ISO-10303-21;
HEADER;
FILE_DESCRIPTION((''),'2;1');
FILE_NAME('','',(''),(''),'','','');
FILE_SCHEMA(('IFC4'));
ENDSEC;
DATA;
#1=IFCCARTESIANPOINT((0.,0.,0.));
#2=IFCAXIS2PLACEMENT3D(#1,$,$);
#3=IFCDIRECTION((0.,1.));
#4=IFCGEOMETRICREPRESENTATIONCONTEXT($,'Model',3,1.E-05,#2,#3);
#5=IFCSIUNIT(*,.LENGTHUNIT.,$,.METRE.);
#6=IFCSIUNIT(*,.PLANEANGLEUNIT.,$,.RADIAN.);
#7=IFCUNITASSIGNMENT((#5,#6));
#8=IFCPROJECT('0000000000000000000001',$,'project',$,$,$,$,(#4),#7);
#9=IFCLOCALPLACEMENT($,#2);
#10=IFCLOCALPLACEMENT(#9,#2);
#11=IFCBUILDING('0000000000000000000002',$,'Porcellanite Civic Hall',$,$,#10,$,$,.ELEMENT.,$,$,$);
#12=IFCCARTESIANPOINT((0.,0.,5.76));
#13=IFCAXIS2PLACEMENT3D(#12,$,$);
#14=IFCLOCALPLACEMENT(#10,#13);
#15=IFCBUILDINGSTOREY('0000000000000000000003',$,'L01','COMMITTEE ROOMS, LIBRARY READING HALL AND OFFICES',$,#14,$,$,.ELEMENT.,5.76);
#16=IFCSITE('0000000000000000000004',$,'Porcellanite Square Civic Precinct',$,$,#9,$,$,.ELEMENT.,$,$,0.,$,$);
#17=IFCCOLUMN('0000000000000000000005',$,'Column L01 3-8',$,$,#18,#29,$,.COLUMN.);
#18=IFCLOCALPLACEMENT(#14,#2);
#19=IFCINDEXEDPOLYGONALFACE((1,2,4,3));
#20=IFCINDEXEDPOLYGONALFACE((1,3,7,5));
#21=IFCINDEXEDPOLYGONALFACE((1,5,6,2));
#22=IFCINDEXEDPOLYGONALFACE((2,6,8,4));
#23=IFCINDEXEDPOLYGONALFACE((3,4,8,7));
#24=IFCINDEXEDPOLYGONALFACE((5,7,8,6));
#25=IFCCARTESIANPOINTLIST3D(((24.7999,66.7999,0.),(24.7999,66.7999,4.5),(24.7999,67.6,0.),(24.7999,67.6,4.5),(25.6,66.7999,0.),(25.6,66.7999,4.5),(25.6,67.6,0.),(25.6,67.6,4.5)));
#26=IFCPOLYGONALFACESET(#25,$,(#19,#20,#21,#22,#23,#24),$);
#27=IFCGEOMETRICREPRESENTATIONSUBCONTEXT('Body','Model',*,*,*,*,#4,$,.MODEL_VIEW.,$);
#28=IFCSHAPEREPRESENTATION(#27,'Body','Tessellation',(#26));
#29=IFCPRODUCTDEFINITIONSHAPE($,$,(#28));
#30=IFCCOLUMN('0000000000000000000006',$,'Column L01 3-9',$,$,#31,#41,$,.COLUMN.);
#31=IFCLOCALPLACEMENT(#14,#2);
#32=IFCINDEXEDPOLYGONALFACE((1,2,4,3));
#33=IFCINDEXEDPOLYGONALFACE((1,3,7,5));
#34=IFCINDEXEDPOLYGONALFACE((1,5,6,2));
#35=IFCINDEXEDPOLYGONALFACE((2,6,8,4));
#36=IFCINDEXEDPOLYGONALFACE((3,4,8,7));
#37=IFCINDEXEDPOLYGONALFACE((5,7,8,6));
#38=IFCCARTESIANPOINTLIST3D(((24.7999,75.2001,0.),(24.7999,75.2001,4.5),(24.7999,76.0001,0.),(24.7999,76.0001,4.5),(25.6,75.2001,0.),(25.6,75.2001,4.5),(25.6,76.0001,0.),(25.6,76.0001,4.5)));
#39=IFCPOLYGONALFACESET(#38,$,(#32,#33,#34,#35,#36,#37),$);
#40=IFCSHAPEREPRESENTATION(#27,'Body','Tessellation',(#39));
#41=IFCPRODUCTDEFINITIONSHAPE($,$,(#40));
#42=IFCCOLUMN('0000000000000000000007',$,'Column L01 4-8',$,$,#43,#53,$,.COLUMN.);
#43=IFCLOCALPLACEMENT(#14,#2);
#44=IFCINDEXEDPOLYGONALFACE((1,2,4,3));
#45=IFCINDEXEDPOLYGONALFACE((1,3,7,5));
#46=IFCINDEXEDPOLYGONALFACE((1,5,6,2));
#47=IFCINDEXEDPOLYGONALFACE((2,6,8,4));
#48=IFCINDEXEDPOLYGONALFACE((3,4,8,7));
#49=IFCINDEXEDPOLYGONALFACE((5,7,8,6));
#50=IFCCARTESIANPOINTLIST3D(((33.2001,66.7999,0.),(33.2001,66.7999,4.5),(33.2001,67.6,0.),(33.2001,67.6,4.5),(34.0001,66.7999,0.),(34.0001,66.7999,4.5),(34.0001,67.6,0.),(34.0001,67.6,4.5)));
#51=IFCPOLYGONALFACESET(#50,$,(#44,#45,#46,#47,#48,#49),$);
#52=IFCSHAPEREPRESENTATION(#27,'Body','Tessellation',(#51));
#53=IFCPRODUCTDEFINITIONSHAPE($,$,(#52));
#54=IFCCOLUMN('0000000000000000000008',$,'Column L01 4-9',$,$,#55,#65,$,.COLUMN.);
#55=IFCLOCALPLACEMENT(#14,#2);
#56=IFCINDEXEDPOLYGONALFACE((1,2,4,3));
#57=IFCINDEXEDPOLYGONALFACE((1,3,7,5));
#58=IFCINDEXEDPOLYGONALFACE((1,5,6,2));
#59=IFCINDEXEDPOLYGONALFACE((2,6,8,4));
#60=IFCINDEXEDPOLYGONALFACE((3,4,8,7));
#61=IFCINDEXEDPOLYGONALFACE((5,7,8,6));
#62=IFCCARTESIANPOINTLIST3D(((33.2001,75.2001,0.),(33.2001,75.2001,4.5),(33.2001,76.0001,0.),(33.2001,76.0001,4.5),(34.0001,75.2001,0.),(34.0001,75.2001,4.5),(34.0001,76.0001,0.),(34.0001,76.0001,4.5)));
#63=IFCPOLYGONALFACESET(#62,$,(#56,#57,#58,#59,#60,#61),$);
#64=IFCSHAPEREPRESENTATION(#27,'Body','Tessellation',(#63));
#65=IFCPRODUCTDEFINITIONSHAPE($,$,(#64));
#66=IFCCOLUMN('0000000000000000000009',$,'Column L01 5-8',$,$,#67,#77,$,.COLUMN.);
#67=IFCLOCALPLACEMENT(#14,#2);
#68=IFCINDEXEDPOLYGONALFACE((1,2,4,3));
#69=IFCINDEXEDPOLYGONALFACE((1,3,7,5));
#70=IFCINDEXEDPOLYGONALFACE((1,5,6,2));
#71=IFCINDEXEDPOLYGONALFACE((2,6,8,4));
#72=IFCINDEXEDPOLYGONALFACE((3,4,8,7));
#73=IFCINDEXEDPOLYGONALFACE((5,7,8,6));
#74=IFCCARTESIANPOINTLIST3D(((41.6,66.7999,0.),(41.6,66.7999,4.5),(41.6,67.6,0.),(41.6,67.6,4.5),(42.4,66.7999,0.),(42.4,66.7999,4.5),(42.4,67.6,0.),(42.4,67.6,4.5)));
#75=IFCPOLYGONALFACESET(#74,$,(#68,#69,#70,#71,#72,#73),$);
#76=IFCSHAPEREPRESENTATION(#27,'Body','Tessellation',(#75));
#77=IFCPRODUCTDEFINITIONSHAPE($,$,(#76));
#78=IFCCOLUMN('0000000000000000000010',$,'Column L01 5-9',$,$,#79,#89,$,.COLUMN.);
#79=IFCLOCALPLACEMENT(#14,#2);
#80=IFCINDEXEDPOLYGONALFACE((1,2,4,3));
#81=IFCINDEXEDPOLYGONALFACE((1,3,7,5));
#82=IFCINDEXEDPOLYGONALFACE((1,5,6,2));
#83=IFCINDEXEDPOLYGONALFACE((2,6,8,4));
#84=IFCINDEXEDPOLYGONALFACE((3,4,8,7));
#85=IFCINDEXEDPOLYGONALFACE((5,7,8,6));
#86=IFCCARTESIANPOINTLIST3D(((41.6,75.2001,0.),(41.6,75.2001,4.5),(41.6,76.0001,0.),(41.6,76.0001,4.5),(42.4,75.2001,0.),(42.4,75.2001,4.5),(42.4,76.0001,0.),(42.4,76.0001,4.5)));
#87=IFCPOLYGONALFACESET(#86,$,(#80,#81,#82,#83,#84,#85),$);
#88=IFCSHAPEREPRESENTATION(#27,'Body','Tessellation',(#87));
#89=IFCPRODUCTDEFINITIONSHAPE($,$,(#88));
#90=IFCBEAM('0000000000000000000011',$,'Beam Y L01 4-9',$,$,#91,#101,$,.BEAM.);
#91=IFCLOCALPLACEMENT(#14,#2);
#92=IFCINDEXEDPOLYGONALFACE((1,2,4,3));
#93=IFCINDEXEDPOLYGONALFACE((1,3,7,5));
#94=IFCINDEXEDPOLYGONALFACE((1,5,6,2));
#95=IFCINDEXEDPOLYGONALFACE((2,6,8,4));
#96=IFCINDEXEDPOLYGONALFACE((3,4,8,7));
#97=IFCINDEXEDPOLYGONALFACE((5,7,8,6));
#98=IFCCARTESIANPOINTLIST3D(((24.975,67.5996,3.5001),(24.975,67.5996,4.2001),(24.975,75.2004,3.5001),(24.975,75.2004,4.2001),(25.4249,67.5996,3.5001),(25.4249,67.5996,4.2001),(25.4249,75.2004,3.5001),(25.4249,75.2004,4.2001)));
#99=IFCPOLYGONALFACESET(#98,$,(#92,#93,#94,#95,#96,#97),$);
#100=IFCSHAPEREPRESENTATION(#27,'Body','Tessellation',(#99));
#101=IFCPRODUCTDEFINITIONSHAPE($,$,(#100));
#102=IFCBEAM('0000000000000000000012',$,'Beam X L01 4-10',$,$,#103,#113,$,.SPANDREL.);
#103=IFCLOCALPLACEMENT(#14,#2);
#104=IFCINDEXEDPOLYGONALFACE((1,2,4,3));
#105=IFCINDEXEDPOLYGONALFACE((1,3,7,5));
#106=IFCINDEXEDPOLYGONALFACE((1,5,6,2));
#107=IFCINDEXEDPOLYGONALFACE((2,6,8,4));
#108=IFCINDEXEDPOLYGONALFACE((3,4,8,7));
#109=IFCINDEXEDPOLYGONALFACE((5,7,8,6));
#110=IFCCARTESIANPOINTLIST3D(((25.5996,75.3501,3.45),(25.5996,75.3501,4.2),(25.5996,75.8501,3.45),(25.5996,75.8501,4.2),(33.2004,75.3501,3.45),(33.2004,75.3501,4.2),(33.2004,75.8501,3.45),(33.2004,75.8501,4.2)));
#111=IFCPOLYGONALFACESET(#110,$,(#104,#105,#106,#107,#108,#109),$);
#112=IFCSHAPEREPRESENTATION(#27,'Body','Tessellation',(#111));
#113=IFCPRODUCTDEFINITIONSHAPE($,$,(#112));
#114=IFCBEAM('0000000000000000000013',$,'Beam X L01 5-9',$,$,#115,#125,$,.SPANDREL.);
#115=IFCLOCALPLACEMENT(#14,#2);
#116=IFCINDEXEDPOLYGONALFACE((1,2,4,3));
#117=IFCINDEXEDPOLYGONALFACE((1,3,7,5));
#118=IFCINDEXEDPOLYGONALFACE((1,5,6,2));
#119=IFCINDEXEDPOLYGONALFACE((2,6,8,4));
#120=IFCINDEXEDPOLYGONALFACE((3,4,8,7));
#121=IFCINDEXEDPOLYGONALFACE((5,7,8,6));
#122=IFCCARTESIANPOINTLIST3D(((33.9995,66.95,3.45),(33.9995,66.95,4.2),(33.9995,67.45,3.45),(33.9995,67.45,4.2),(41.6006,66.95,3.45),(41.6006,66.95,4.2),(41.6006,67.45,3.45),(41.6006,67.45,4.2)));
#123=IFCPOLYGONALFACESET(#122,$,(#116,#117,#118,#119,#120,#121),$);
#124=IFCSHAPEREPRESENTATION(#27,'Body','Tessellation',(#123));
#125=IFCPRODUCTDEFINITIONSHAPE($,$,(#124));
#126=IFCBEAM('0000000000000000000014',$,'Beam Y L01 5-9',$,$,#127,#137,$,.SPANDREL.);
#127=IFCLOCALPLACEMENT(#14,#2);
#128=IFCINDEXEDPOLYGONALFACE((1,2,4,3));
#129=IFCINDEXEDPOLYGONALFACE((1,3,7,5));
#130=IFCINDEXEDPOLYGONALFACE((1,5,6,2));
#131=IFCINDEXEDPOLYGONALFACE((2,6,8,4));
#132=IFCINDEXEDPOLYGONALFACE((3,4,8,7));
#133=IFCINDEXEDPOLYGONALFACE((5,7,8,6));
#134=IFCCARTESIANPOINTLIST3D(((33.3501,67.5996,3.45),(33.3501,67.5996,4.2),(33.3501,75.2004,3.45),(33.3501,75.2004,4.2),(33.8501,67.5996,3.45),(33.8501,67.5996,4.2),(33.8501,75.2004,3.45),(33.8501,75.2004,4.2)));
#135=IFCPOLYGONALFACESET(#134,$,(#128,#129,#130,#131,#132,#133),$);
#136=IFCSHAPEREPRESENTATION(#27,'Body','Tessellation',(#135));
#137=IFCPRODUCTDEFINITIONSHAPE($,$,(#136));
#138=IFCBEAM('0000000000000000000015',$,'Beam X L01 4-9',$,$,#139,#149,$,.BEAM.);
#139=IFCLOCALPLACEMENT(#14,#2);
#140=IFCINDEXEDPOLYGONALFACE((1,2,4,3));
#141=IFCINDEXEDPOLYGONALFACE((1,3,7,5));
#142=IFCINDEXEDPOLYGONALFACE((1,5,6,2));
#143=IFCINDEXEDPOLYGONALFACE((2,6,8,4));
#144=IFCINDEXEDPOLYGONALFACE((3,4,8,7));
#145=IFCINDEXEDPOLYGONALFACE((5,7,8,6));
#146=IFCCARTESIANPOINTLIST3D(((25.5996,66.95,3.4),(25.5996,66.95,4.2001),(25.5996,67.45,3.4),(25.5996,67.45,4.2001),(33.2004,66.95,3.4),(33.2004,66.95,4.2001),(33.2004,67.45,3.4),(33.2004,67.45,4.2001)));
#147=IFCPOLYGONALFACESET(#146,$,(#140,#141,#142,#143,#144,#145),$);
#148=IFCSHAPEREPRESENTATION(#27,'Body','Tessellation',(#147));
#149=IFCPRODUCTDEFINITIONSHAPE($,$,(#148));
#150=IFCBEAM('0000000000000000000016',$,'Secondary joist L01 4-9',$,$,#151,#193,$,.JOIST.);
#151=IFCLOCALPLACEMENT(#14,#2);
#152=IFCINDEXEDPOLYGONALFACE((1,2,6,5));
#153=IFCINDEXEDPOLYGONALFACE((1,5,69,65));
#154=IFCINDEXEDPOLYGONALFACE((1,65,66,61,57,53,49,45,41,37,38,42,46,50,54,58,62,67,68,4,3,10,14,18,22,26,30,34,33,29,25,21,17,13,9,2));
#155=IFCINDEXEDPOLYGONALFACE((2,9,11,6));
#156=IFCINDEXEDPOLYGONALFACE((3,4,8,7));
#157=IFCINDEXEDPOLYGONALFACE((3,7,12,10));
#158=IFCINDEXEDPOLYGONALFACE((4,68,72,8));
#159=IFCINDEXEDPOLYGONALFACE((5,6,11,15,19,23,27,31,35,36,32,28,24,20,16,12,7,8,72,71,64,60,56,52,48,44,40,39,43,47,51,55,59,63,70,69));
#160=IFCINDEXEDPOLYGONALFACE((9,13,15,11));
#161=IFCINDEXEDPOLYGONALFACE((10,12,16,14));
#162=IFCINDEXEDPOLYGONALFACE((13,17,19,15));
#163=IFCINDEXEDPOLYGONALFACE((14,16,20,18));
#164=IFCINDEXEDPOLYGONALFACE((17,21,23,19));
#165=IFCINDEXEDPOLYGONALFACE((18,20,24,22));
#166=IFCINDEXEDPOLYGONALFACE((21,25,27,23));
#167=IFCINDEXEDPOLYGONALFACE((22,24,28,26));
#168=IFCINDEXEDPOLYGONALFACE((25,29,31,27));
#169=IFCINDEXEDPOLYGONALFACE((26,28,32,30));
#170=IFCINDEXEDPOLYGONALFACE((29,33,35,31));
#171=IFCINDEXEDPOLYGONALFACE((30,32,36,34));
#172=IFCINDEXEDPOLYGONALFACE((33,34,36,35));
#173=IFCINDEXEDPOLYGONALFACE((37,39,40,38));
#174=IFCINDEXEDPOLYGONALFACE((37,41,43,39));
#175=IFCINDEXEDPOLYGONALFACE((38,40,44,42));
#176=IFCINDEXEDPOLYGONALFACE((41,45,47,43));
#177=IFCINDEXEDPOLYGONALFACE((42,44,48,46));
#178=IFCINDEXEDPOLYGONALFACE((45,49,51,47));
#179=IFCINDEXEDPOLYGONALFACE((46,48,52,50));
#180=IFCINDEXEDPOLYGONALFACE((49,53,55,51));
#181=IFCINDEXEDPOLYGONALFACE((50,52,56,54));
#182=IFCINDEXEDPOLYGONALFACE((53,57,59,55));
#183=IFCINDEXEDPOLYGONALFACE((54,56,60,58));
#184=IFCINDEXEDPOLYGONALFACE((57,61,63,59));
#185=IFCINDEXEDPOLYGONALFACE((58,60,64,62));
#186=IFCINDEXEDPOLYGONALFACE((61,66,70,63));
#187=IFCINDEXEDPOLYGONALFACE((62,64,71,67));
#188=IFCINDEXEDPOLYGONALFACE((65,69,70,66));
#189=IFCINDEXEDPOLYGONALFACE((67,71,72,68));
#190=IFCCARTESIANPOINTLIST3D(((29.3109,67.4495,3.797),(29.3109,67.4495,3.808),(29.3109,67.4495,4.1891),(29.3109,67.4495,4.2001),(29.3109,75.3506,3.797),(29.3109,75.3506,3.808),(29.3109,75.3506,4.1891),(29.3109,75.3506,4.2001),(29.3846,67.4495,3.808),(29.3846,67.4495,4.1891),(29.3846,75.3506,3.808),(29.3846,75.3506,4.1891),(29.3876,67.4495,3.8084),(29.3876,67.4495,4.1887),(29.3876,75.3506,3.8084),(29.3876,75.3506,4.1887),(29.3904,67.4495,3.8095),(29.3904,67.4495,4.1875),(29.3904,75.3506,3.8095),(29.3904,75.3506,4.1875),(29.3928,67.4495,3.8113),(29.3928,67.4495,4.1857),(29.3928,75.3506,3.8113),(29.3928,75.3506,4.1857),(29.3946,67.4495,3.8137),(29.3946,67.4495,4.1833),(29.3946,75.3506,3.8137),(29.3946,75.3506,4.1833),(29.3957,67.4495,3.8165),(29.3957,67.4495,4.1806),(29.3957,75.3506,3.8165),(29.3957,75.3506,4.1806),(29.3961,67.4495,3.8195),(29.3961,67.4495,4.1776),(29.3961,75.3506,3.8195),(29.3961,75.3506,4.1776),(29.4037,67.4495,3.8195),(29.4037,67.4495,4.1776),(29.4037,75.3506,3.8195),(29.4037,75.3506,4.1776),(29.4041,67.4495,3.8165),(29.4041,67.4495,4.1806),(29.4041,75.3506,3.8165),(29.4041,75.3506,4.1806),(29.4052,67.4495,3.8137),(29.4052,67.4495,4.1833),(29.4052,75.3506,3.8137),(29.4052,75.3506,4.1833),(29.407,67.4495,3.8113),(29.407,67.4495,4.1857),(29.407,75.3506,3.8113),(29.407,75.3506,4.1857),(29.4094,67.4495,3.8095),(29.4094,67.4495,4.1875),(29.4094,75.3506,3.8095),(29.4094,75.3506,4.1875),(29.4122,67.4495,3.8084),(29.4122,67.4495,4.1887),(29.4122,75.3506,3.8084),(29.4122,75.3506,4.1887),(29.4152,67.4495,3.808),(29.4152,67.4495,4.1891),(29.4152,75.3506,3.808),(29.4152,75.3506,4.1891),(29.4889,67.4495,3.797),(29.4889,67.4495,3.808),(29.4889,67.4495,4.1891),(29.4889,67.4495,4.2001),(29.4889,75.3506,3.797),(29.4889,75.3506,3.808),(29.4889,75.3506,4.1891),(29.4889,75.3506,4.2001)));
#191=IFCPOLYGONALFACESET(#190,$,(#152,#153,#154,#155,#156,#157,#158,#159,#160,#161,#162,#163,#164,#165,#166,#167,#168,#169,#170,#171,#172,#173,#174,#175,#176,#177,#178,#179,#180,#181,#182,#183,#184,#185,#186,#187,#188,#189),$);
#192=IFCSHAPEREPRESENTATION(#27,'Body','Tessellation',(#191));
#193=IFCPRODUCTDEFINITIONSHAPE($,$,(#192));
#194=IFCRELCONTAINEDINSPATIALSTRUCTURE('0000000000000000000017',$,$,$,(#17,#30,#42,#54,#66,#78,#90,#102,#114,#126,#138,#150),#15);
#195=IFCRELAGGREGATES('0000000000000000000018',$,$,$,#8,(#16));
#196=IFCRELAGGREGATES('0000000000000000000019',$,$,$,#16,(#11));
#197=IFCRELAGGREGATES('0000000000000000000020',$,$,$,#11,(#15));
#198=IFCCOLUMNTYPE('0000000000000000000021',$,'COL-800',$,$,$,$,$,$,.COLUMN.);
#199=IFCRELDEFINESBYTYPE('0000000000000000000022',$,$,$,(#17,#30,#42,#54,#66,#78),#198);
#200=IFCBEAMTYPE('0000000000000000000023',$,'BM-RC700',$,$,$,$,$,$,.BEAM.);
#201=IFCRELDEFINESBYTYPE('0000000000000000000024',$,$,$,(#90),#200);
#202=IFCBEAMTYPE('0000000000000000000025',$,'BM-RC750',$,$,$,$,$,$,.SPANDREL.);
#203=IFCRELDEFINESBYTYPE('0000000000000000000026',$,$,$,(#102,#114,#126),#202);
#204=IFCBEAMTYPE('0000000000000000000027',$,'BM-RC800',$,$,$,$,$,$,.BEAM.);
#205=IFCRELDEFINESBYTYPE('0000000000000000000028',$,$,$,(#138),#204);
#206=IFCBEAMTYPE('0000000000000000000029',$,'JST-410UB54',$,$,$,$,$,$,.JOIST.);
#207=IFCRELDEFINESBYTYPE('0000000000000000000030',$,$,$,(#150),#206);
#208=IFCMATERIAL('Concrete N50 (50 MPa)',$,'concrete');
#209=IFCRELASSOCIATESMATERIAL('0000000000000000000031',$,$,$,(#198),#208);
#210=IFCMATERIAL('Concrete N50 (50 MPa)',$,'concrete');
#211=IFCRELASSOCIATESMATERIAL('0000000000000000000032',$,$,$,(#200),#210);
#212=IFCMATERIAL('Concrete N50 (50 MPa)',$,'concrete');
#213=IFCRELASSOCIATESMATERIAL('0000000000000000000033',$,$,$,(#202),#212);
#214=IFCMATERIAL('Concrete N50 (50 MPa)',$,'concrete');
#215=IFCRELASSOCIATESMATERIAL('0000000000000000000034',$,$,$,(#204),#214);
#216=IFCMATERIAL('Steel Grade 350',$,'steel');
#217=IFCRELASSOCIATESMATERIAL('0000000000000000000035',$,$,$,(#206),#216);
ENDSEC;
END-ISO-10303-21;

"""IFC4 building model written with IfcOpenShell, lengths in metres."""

from ifc_helpers import new_model, si_unit, direction, frame, origin, origin_2d, place, context, subcontext, project, spatial, rectangle, i_section, extrude, material, material_profile, profile_set, type_object, element, save


model = new_model("IFC4")

# Units and contexts
model_context = context("Model", 3, precision=1e-05, world=origin(), true_north=direction((0.0, 1.0)))
body_context = subcontext(model_context, "Body", "Model", "MODEL_VIEW")
ifc_project = project(units=[si_unit("LENGTHUNIT", "METRE"), si_unit("PLANEANGLEUNIT", "RADIAN")], contexts=[model_context])

# Site, building, storey
site_placement = place(None, origin())
site = spatial("IfcSite", under=ifc_project, at=site_placement, Name="Porcellanite Square Civic Precinct", CompositionType="ELEMENT", RefElevation=0.0)
building_placement = place(site_placement, origin())
building = spatial("IfcBuilding", under=site, at=building_placement, Name="Porcellanite Civic Hall", CompositionType="ELEMENT")
storey_placement = place(building_placement, frame((0.0, 0.0, 5.76)))
storey = spatial("IfcBuildingStorey", under=building, at=storey_placement, Name="L01", Description="COMMITTEE ROOMS, LIBRARY READING HALL AND OFFICES", CompositionType="ELEMENT", Elevation=5.76)

# Columns
ifc_material_1 = material(Name="Concrete N50 (50 MPa)", Category="concrete")
ifc_material_profile_1 = material_profile(ifc_material_1, rectangle(XDim=0.8, YDim=0.8, at=origin_2d()), Name="RC-800x800")
ifc_profile_set_1 = profile_set([ifc_material_profile_1], Name="Concrete N50 (50 MPa)")
column_type = type_object("IfcColumnType", Name="COL-800", PredefinedType="COLUMN", material=ifc_profile_set_1)
for number, where, z_axis, x_axis, name in (
    (1, (25.2, 67.2, 0.0), (0.0, 0.0, 1.0), (1.0, 0.0, 0.0), "Column L01 3-8"),
    (2, (25.2, 75.6001, 0.0), (0.0, 0.0, 1.0), (1.0, 0.0, 0.0), "Column L01 3-9"),
    (3, (33.6001, 67.2, 0.0), (0.0, 0.0, 1.0), (1.0, 0.0, 0.0), "Column L01 4-8"),
    (4, (33.6001, 75.6001, 0.0), (0.0, 0.0, 1.0), (1.0, 0.0, 0.0), "Column L01 4-9"),
    (5, (42.0, 67.2, 0.0), (0.0, 0.0, 1.0), (1.0, 0.0, 0.0), "Column L01 5-8"),
    (6, (42.0, 75.6001, 0.0), (0.0, 0.0, 1.0), (1.0, 0.0, 0.0), "Column L01 5-9"),
):
    element("IfcColumn", number, at=place(storey_placement, frame(where, z_axis=z_axis, x_axis=x_axis)), inside=storey, type_object=column_type, Name=name, PredefinedType="COLUMN", context=body_context, shape_type="SweptSolid", body=[
        extrude(rectangle(XDim=0.8, YDim=0.8, at=origin_2d()), origin(), (0.0, 0.0, 1.0), 4.5),
    ])

# Beams
ifc_material_2 = material(Name="Concrete N50 (50 MPa)", Category="concrete")
ifc_material_profile_2 = material_profile(ifc_material_2, rectangle(XDim=0.45, YDim=0.7, at=origin_2d()), Name="RC-450x700")
ifc_profile_set_2 = profile_set([ifc_material_profile_2], Name="Concrete N50 (50 MPa)")
beam_type_1 = type_object("IfcBeamType", Name="BM-RC700", PredefinedType="BEAM", material=ifc_profile_set_2)
beam_1_placement = place(storey_placement, frame((25.2, 67.5996, 3.8501), z_axis=(0.0, 1.0, 0.0), x_axis=(-1.0, 0.0, 0.0)))
element("IfcBeam", 7, at=beam_1_placement, inside=storey, type_object=beam_type_1, Name="Beam Y L01 4-9", PredefinedType="BEAM", context=body_context, shape_type="SweptSolid", body=[
    extrude(rectangle(XDim=0.45, YDim=0.7, at=origin_2d()), origin(), (0.0, 0.0, 1.0), 7.6008),
])
ifc_material_3 = material(Name="Concrete N50 (50 MPa)", Category="concrete")
ifc_material_profile_3 = material_profile(ifc_material_3, rectangle(XDim=0.5, YDim=0.75, at=origin_2d()), Name="RC-500x750")
ifc_profile_set_3 = profile_set([ifc_material_profile_3], Name="Concrete N50 (50 MPa)")
beam_type_2 = type_object("IfcBeamType", Name="BM-RC750", PredefinedType="SPANDREL", material=ifc_profile_set_3)
beam_2_placement = place(storey_placement, frame((25.5996, 75.6001, 3.825), z_axis=(1.0, 0.0, 0.0), x_axis=(0.0, 1.0, 0.0)))
element("IfcBeam", 8, at=beam_2_placement, inside=storey, type_object=beam_type_2, Name="Beam X L01 4-10", PredefinedType="SPANDREL", context=body_context, shape_type="SweptSolid", body=[
    extrude(rectangle(XDim=0.5, YDim=0.75, at=origin_2d()), origin(), (0.0, 0.0, 1.0), 7.6008),
])
beam_3_placement = place(storey_placement, frame((33.9995, 67.2, 3.825), z_axis=(1.0, 0.0, 0.0), x_axis=(0.0, 1.0, 0.0)))
element("IfcBeam", 9, at=beam_3_placement, inside=storey, type_object=beam_type_2, Name="Beam X L01 5-9", PredefinedType="SPANDREL", context=body_context, shape_type="SweptSolid", body=[
    extrude(rectangle(XDim=0.5, YDim=0.75, at=origin_2d()), origin(), (0.0, 0.0, 1.0), 7.6011),
])
beam_4_placement = place(storey_placement, frame((33.6001, 67.5996, 3.825), z_axis=(0.0, 1.0, 0.0), x_axis=(-1.0, 0.0, 0.0)))
element("IfcBeam", 10, at=beam_4_placement, inside=storey, type_object=beam_type_2, Name="Beam Y L01 5-9", PredefinedType="SPANDREL", context=body_context, shape_type="SweptSolid", body=[
    extrude(rectangle(XDim=0.5, YDim=0.75, at=origin_2d()), origin(), (0.0, 0.0, 1.0), 7.6008),
])
ifc_material_4 = material(Name="Concrete N50 (50 MPa)", Category="concrete")
ifc_material_profile_4 = material_profile(ifc_material_4, rectangle(XDim=0.5, YDim=0.8, at=origin_2d()), Name="RC-500x800")
ifc_profile_set_4 = profile_set([ifc_material_profile_4], Name="Concrete N50 (50 MPa)")
beam_type_3 = type_object("IfcBeamType", Name="BM-RC800", PredefinedType="BEAM", material=ifc_profile_set_4)
beam_5_placement = place(storey_placement, frame((25.5996, 67.2, 3.8), z_axis=(1.0, 0.0, 0.0), x_axis=(0.0, 1.0, 0.0)))
element("IfcBeam", 11, at=beam_5_placement, inside=storey, type_object=beam_type_3, Name="Beam X L01 4-9", PredefinedType="BEAM", context=body_context, shape_type="SweptSolid", body=[
    extrude(rectangle(XDim=0.5, YDim=0.8, at=origin_2d()), origin(), (0.0, 0.0, 1.0), 7.6008),
])
ifc_material_5 = material(Name="Steel Grade 350", Category="steel")
ifc_material_profile_5 = material_profile(ifc_material_5, i_section(OverallWidth=0.178, OverallDepth=0.4031, WebThickness=0.0076, FlangeThickness=0.011, FilletRadius=0.0115, at=origin_2d()), Name="410UB53.7")
ifc_profile_set_5 = profile_set([ifc_material_profile_5], Name="Steel Grade 350")
beam_type_4 = type_object("IfcBeamType", Name="JST-410UB54", PredefinedType="JOIST", material=ifc_profile_set_5)
beam_6_placement = place(storey_placement, frame((29.3999, 67.4495, 3.9985), z_axis=(0.0, 1.0, 0.0), x_axis=(-1.0, 0.0, 0.0)))
element("IfcBeam", 12, at=beam_6_placement, inside=storey, type_object=beam_type_4, Name="Secondary joist L01 4-9", PredefinedType="JOIST", context=body_context, shape_type="SweptSolid", body=[
    extrude(i_section(OverallWidth=0.178, OverallDepth=0.4031, WebThickness=0.0076, FlangeThickness=0.011, FilletRadius=0.0115, at=origin_2d()), origin(), (0.0, 0.0, 1.0), 7.9011),
])

save(model, "model.ifc")
